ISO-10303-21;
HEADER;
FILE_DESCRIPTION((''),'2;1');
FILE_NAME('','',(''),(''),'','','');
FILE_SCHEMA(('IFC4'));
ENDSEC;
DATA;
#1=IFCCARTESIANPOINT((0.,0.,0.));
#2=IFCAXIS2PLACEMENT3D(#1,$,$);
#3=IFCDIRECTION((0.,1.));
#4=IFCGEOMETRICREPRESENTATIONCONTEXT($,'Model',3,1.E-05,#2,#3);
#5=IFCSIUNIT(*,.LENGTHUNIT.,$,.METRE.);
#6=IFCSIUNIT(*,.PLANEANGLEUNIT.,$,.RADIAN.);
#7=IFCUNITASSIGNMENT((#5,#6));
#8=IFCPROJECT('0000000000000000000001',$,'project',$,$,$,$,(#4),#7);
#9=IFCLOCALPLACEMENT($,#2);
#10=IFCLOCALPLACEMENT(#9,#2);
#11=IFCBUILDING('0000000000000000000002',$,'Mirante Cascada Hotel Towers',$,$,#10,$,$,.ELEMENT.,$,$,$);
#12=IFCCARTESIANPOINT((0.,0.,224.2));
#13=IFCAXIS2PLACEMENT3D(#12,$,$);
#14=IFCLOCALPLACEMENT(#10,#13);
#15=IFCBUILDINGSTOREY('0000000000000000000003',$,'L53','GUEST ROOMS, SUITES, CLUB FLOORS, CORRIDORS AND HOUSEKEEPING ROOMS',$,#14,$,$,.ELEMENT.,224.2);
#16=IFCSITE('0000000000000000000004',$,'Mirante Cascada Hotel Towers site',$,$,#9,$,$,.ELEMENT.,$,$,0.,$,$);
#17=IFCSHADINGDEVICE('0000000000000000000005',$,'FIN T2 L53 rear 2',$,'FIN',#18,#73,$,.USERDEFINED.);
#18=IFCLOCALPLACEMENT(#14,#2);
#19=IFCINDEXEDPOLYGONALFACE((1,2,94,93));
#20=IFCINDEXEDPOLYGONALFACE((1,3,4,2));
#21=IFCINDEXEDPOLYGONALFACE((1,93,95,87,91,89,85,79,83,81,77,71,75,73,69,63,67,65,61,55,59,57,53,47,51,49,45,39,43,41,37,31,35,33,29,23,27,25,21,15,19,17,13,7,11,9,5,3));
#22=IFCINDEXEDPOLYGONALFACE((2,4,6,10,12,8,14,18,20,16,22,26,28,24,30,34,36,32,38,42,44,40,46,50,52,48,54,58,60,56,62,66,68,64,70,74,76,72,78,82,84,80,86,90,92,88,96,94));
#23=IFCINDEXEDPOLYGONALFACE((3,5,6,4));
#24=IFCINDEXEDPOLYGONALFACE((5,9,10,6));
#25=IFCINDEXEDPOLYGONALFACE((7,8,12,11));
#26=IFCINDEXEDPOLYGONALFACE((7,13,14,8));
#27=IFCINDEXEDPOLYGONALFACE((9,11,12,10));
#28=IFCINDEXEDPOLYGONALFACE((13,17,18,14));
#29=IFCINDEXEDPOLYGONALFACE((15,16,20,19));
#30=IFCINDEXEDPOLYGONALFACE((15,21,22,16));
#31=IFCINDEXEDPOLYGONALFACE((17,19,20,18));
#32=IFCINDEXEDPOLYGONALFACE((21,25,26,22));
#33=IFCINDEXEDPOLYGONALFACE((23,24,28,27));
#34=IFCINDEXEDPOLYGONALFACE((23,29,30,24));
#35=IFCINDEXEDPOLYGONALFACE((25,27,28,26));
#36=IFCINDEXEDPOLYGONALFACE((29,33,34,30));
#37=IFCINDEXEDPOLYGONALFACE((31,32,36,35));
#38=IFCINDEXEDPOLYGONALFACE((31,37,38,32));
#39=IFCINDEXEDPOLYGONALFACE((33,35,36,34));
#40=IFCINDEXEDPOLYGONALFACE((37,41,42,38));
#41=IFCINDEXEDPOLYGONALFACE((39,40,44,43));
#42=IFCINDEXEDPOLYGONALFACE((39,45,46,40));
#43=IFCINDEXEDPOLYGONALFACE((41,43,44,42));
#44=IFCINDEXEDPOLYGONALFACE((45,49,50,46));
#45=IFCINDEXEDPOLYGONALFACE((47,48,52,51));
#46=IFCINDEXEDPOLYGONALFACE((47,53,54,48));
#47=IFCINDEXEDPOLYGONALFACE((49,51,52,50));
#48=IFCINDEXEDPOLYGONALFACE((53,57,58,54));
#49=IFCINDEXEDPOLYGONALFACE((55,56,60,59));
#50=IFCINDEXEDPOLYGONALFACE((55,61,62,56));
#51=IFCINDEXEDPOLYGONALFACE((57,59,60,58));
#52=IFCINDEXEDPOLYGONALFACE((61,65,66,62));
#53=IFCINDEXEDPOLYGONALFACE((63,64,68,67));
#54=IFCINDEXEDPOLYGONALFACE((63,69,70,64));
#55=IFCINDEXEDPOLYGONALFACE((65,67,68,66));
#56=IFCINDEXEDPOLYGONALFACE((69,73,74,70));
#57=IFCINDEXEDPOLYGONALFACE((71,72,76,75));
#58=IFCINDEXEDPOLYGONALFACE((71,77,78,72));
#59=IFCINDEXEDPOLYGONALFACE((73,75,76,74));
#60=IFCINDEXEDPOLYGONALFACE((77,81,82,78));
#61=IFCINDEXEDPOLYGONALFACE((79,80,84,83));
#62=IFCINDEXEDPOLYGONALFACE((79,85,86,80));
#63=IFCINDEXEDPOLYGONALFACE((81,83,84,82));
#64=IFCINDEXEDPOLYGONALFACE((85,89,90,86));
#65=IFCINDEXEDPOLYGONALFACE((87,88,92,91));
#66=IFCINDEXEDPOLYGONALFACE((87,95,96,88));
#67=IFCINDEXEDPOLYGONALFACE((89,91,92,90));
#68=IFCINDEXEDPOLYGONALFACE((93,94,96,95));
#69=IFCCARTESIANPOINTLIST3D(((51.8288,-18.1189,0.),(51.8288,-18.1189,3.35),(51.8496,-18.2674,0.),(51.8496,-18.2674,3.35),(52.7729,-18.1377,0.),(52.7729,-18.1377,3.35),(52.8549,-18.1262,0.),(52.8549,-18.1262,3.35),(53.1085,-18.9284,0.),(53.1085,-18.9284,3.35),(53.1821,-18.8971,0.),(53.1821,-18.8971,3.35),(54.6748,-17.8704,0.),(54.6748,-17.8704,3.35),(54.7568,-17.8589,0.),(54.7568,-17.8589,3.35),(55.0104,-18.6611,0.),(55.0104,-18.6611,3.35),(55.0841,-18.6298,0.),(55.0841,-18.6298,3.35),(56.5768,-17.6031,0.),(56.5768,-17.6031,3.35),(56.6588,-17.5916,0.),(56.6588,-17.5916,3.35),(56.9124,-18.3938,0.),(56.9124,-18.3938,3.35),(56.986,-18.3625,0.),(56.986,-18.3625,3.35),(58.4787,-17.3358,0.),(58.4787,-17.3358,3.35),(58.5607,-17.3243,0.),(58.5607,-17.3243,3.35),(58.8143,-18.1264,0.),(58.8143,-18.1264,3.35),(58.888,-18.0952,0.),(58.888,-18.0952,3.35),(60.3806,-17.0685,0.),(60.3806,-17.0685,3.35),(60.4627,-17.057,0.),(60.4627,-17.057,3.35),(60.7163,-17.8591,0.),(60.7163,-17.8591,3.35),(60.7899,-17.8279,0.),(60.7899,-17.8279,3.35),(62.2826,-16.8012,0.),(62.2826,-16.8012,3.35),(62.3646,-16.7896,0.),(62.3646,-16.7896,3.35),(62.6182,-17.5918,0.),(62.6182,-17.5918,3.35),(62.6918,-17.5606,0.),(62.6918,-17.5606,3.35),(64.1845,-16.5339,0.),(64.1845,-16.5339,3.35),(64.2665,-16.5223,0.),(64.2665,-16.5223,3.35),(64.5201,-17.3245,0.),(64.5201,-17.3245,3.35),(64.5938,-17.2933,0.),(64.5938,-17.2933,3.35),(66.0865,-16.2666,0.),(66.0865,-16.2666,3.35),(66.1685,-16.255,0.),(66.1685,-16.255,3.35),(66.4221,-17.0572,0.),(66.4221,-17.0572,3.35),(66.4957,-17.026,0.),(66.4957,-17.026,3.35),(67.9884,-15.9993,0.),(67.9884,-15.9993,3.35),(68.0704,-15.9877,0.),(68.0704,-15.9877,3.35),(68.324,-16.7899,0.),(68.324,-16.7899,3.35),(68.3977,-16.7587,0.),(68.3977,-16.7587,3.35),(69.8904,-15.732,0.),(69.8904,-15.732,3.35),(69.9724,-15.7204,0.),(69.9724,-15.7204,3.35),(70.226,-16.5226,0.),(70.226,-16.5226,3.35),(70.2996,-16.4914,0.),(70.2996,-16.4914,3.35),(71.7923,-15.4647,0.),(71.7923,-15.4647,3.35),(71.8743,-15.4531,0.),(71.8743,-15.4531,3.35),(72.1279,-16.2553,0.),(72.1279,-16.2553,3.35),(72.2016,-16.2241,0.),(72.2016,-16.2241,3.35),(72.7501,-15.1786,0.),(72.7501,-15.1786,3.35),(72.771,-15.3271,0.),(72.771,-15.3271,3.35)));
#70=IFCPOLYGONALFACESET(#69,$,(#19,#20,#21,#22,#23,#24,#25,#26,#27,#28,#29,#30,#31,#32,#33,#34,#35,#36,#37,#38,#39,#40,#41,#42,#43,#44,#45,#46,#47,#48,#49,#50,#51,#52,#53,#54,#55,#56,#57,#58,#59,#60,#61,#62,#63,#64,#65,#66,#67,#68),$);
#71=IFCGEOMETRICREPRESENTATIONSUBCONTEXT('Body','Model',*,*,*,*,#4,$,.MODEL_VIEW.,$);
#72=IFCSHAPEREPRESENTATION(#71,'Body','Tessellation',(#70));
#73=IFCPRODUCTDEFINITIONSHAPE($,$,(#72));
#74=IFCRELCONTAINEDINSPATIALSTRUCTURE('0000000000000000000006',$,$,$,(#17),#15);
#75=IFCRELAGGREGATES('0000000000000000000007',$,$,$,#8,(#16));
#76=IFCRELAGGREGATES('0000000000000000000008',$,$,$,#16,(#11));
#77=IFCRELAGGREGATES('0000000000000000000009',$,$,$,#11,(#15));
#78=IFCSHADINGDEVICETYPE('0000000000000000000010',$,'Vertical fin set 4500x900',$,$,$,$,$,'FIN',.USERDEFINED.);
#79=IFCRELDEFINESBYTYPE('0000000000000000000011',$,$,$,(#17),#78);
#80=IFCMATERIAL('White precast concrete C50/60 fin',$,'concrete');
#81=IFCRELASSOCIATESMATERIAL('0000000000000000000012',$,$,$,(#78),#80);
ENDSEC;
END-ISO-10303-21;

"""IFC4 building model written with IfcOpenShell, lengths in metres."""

from ifc_helpers import new_model, si_unit, direction, frame, origin, place, context, subcontext, project, spatial, polyline, outline, extrude, material, type_object, element, save


model = new_model("IFC4")

# Units and contexts
model_context = context("Model", 3, precision=1e-05, world=origin(), true_north=direction((0.0, 1.0)))
body_context = subcontext(model_context, "Body", "Model", "MODEL_VIEW")
ifc_project = project(units=[si_unit("LENGTHUNIT", "METRE"), si_unit("PLANEANGLEUNIT", "RADIAN")], contexts=[model_context])

# Site, building, storey
site_placement = place(None, origin())
site = spatial("IfcSite", under=ifc_project, at=site_placement, Name="Mirante Cascada Hotel Towers site", CompositionType="ELEMENT", RefElevation=0.0)
building_placement = place(site_placement, origin())
building = spatial("IfcBuilding", under=site, at=building_placement, Name="Mirante Cascada Hotel Towers", CompositionType="ELEMENT")
storey_placement = place(building_placement, frame((0.0, 0.0, 224.2)))
storey = spatial("IfcBuildingStorey", under=building, at=storey_placement, Name="L53", Description="GUEST ROOMS, SUITES, CLUB FLOORS, CORRIDORS AND HOUSEKEEPING ROOMS", CompositionType="ELEMENT", Elevation=224.2)

# Shading device
ifc_material_1 = material(Name="White precast concrete C50/60 fin", Category="concrete")
shading_device_type = type_object("IfcShadingDeviceType", Name="Vertical fin set 4500x900", ElementType="FIN", PredefinedType="USERDEFINED", material=ifc_material_1)
shading_device_1_placement = place(storey_placement, origin())
element("IfcShadingDevice", 1, at=shading_device_1_placement, inside=storey, type_object=shading_device_type, Name="FIN T2 L53 rear 2", ObjectType="FIN", PredefinedType="USERDEFINED", context=body_context, shape_type="SweptSolid", body=[
    extrude(outline(polyline([(53.1085, -18.9284), (52.7729, -18.1377), (51.8496, -18.2674), (51.8288, -18.1189), (72.7501, -15.1786), (72.771, -15.3271), (71.8743, -15.4531), (72.2016, -16.2241), (72.1279, -16.2553), (71.7923, -15.4647), (69.9724, -15.7204), (70.2996, -16.4914), (70.226, -16.5226), (69.8904, -15.732), (68.0704, -15.9877), (68.3977, -16.7587), (68.324, -16.7899), (67.9884, -15.9993), (66.1685, -16.255), (66.4957, -17.026), (66.4221, -17.0572), (66.0865, -16.2666), (64.2665, -16.5223), (64.5938, -17.2933), (64.5201, -17.3245), (64.1845, -16.5339), (62.3646, -16.7896), (62.6918, -17.5606), (62.6182, -17.5918), (62.2826, -16.8012), (60.4627, -17.057), (60.7899, -17.8279), (60.7163, -17.8591), (60.3806, -17.0685), (58.5607, -17.3243), (58.888, -18.0952), (58.8143, -18.1264), (58.4787, -17.3358), (56.6588, -17.5916), (56.986, -18.3625), (56.9124, -18.3938), (56.5768, -17.6031), (54.7568, -17.8589), (55.0841, -18.6298), (55.0104, -18.6611), (54.6748, -17.8704), (52.8549, -18.1262), (53.1821, -18.8971), (53.1085, -18.9284)])), origin(), (0.0, 0.0, 1.0), 3.35),
])

save(model, "model.ifc")
